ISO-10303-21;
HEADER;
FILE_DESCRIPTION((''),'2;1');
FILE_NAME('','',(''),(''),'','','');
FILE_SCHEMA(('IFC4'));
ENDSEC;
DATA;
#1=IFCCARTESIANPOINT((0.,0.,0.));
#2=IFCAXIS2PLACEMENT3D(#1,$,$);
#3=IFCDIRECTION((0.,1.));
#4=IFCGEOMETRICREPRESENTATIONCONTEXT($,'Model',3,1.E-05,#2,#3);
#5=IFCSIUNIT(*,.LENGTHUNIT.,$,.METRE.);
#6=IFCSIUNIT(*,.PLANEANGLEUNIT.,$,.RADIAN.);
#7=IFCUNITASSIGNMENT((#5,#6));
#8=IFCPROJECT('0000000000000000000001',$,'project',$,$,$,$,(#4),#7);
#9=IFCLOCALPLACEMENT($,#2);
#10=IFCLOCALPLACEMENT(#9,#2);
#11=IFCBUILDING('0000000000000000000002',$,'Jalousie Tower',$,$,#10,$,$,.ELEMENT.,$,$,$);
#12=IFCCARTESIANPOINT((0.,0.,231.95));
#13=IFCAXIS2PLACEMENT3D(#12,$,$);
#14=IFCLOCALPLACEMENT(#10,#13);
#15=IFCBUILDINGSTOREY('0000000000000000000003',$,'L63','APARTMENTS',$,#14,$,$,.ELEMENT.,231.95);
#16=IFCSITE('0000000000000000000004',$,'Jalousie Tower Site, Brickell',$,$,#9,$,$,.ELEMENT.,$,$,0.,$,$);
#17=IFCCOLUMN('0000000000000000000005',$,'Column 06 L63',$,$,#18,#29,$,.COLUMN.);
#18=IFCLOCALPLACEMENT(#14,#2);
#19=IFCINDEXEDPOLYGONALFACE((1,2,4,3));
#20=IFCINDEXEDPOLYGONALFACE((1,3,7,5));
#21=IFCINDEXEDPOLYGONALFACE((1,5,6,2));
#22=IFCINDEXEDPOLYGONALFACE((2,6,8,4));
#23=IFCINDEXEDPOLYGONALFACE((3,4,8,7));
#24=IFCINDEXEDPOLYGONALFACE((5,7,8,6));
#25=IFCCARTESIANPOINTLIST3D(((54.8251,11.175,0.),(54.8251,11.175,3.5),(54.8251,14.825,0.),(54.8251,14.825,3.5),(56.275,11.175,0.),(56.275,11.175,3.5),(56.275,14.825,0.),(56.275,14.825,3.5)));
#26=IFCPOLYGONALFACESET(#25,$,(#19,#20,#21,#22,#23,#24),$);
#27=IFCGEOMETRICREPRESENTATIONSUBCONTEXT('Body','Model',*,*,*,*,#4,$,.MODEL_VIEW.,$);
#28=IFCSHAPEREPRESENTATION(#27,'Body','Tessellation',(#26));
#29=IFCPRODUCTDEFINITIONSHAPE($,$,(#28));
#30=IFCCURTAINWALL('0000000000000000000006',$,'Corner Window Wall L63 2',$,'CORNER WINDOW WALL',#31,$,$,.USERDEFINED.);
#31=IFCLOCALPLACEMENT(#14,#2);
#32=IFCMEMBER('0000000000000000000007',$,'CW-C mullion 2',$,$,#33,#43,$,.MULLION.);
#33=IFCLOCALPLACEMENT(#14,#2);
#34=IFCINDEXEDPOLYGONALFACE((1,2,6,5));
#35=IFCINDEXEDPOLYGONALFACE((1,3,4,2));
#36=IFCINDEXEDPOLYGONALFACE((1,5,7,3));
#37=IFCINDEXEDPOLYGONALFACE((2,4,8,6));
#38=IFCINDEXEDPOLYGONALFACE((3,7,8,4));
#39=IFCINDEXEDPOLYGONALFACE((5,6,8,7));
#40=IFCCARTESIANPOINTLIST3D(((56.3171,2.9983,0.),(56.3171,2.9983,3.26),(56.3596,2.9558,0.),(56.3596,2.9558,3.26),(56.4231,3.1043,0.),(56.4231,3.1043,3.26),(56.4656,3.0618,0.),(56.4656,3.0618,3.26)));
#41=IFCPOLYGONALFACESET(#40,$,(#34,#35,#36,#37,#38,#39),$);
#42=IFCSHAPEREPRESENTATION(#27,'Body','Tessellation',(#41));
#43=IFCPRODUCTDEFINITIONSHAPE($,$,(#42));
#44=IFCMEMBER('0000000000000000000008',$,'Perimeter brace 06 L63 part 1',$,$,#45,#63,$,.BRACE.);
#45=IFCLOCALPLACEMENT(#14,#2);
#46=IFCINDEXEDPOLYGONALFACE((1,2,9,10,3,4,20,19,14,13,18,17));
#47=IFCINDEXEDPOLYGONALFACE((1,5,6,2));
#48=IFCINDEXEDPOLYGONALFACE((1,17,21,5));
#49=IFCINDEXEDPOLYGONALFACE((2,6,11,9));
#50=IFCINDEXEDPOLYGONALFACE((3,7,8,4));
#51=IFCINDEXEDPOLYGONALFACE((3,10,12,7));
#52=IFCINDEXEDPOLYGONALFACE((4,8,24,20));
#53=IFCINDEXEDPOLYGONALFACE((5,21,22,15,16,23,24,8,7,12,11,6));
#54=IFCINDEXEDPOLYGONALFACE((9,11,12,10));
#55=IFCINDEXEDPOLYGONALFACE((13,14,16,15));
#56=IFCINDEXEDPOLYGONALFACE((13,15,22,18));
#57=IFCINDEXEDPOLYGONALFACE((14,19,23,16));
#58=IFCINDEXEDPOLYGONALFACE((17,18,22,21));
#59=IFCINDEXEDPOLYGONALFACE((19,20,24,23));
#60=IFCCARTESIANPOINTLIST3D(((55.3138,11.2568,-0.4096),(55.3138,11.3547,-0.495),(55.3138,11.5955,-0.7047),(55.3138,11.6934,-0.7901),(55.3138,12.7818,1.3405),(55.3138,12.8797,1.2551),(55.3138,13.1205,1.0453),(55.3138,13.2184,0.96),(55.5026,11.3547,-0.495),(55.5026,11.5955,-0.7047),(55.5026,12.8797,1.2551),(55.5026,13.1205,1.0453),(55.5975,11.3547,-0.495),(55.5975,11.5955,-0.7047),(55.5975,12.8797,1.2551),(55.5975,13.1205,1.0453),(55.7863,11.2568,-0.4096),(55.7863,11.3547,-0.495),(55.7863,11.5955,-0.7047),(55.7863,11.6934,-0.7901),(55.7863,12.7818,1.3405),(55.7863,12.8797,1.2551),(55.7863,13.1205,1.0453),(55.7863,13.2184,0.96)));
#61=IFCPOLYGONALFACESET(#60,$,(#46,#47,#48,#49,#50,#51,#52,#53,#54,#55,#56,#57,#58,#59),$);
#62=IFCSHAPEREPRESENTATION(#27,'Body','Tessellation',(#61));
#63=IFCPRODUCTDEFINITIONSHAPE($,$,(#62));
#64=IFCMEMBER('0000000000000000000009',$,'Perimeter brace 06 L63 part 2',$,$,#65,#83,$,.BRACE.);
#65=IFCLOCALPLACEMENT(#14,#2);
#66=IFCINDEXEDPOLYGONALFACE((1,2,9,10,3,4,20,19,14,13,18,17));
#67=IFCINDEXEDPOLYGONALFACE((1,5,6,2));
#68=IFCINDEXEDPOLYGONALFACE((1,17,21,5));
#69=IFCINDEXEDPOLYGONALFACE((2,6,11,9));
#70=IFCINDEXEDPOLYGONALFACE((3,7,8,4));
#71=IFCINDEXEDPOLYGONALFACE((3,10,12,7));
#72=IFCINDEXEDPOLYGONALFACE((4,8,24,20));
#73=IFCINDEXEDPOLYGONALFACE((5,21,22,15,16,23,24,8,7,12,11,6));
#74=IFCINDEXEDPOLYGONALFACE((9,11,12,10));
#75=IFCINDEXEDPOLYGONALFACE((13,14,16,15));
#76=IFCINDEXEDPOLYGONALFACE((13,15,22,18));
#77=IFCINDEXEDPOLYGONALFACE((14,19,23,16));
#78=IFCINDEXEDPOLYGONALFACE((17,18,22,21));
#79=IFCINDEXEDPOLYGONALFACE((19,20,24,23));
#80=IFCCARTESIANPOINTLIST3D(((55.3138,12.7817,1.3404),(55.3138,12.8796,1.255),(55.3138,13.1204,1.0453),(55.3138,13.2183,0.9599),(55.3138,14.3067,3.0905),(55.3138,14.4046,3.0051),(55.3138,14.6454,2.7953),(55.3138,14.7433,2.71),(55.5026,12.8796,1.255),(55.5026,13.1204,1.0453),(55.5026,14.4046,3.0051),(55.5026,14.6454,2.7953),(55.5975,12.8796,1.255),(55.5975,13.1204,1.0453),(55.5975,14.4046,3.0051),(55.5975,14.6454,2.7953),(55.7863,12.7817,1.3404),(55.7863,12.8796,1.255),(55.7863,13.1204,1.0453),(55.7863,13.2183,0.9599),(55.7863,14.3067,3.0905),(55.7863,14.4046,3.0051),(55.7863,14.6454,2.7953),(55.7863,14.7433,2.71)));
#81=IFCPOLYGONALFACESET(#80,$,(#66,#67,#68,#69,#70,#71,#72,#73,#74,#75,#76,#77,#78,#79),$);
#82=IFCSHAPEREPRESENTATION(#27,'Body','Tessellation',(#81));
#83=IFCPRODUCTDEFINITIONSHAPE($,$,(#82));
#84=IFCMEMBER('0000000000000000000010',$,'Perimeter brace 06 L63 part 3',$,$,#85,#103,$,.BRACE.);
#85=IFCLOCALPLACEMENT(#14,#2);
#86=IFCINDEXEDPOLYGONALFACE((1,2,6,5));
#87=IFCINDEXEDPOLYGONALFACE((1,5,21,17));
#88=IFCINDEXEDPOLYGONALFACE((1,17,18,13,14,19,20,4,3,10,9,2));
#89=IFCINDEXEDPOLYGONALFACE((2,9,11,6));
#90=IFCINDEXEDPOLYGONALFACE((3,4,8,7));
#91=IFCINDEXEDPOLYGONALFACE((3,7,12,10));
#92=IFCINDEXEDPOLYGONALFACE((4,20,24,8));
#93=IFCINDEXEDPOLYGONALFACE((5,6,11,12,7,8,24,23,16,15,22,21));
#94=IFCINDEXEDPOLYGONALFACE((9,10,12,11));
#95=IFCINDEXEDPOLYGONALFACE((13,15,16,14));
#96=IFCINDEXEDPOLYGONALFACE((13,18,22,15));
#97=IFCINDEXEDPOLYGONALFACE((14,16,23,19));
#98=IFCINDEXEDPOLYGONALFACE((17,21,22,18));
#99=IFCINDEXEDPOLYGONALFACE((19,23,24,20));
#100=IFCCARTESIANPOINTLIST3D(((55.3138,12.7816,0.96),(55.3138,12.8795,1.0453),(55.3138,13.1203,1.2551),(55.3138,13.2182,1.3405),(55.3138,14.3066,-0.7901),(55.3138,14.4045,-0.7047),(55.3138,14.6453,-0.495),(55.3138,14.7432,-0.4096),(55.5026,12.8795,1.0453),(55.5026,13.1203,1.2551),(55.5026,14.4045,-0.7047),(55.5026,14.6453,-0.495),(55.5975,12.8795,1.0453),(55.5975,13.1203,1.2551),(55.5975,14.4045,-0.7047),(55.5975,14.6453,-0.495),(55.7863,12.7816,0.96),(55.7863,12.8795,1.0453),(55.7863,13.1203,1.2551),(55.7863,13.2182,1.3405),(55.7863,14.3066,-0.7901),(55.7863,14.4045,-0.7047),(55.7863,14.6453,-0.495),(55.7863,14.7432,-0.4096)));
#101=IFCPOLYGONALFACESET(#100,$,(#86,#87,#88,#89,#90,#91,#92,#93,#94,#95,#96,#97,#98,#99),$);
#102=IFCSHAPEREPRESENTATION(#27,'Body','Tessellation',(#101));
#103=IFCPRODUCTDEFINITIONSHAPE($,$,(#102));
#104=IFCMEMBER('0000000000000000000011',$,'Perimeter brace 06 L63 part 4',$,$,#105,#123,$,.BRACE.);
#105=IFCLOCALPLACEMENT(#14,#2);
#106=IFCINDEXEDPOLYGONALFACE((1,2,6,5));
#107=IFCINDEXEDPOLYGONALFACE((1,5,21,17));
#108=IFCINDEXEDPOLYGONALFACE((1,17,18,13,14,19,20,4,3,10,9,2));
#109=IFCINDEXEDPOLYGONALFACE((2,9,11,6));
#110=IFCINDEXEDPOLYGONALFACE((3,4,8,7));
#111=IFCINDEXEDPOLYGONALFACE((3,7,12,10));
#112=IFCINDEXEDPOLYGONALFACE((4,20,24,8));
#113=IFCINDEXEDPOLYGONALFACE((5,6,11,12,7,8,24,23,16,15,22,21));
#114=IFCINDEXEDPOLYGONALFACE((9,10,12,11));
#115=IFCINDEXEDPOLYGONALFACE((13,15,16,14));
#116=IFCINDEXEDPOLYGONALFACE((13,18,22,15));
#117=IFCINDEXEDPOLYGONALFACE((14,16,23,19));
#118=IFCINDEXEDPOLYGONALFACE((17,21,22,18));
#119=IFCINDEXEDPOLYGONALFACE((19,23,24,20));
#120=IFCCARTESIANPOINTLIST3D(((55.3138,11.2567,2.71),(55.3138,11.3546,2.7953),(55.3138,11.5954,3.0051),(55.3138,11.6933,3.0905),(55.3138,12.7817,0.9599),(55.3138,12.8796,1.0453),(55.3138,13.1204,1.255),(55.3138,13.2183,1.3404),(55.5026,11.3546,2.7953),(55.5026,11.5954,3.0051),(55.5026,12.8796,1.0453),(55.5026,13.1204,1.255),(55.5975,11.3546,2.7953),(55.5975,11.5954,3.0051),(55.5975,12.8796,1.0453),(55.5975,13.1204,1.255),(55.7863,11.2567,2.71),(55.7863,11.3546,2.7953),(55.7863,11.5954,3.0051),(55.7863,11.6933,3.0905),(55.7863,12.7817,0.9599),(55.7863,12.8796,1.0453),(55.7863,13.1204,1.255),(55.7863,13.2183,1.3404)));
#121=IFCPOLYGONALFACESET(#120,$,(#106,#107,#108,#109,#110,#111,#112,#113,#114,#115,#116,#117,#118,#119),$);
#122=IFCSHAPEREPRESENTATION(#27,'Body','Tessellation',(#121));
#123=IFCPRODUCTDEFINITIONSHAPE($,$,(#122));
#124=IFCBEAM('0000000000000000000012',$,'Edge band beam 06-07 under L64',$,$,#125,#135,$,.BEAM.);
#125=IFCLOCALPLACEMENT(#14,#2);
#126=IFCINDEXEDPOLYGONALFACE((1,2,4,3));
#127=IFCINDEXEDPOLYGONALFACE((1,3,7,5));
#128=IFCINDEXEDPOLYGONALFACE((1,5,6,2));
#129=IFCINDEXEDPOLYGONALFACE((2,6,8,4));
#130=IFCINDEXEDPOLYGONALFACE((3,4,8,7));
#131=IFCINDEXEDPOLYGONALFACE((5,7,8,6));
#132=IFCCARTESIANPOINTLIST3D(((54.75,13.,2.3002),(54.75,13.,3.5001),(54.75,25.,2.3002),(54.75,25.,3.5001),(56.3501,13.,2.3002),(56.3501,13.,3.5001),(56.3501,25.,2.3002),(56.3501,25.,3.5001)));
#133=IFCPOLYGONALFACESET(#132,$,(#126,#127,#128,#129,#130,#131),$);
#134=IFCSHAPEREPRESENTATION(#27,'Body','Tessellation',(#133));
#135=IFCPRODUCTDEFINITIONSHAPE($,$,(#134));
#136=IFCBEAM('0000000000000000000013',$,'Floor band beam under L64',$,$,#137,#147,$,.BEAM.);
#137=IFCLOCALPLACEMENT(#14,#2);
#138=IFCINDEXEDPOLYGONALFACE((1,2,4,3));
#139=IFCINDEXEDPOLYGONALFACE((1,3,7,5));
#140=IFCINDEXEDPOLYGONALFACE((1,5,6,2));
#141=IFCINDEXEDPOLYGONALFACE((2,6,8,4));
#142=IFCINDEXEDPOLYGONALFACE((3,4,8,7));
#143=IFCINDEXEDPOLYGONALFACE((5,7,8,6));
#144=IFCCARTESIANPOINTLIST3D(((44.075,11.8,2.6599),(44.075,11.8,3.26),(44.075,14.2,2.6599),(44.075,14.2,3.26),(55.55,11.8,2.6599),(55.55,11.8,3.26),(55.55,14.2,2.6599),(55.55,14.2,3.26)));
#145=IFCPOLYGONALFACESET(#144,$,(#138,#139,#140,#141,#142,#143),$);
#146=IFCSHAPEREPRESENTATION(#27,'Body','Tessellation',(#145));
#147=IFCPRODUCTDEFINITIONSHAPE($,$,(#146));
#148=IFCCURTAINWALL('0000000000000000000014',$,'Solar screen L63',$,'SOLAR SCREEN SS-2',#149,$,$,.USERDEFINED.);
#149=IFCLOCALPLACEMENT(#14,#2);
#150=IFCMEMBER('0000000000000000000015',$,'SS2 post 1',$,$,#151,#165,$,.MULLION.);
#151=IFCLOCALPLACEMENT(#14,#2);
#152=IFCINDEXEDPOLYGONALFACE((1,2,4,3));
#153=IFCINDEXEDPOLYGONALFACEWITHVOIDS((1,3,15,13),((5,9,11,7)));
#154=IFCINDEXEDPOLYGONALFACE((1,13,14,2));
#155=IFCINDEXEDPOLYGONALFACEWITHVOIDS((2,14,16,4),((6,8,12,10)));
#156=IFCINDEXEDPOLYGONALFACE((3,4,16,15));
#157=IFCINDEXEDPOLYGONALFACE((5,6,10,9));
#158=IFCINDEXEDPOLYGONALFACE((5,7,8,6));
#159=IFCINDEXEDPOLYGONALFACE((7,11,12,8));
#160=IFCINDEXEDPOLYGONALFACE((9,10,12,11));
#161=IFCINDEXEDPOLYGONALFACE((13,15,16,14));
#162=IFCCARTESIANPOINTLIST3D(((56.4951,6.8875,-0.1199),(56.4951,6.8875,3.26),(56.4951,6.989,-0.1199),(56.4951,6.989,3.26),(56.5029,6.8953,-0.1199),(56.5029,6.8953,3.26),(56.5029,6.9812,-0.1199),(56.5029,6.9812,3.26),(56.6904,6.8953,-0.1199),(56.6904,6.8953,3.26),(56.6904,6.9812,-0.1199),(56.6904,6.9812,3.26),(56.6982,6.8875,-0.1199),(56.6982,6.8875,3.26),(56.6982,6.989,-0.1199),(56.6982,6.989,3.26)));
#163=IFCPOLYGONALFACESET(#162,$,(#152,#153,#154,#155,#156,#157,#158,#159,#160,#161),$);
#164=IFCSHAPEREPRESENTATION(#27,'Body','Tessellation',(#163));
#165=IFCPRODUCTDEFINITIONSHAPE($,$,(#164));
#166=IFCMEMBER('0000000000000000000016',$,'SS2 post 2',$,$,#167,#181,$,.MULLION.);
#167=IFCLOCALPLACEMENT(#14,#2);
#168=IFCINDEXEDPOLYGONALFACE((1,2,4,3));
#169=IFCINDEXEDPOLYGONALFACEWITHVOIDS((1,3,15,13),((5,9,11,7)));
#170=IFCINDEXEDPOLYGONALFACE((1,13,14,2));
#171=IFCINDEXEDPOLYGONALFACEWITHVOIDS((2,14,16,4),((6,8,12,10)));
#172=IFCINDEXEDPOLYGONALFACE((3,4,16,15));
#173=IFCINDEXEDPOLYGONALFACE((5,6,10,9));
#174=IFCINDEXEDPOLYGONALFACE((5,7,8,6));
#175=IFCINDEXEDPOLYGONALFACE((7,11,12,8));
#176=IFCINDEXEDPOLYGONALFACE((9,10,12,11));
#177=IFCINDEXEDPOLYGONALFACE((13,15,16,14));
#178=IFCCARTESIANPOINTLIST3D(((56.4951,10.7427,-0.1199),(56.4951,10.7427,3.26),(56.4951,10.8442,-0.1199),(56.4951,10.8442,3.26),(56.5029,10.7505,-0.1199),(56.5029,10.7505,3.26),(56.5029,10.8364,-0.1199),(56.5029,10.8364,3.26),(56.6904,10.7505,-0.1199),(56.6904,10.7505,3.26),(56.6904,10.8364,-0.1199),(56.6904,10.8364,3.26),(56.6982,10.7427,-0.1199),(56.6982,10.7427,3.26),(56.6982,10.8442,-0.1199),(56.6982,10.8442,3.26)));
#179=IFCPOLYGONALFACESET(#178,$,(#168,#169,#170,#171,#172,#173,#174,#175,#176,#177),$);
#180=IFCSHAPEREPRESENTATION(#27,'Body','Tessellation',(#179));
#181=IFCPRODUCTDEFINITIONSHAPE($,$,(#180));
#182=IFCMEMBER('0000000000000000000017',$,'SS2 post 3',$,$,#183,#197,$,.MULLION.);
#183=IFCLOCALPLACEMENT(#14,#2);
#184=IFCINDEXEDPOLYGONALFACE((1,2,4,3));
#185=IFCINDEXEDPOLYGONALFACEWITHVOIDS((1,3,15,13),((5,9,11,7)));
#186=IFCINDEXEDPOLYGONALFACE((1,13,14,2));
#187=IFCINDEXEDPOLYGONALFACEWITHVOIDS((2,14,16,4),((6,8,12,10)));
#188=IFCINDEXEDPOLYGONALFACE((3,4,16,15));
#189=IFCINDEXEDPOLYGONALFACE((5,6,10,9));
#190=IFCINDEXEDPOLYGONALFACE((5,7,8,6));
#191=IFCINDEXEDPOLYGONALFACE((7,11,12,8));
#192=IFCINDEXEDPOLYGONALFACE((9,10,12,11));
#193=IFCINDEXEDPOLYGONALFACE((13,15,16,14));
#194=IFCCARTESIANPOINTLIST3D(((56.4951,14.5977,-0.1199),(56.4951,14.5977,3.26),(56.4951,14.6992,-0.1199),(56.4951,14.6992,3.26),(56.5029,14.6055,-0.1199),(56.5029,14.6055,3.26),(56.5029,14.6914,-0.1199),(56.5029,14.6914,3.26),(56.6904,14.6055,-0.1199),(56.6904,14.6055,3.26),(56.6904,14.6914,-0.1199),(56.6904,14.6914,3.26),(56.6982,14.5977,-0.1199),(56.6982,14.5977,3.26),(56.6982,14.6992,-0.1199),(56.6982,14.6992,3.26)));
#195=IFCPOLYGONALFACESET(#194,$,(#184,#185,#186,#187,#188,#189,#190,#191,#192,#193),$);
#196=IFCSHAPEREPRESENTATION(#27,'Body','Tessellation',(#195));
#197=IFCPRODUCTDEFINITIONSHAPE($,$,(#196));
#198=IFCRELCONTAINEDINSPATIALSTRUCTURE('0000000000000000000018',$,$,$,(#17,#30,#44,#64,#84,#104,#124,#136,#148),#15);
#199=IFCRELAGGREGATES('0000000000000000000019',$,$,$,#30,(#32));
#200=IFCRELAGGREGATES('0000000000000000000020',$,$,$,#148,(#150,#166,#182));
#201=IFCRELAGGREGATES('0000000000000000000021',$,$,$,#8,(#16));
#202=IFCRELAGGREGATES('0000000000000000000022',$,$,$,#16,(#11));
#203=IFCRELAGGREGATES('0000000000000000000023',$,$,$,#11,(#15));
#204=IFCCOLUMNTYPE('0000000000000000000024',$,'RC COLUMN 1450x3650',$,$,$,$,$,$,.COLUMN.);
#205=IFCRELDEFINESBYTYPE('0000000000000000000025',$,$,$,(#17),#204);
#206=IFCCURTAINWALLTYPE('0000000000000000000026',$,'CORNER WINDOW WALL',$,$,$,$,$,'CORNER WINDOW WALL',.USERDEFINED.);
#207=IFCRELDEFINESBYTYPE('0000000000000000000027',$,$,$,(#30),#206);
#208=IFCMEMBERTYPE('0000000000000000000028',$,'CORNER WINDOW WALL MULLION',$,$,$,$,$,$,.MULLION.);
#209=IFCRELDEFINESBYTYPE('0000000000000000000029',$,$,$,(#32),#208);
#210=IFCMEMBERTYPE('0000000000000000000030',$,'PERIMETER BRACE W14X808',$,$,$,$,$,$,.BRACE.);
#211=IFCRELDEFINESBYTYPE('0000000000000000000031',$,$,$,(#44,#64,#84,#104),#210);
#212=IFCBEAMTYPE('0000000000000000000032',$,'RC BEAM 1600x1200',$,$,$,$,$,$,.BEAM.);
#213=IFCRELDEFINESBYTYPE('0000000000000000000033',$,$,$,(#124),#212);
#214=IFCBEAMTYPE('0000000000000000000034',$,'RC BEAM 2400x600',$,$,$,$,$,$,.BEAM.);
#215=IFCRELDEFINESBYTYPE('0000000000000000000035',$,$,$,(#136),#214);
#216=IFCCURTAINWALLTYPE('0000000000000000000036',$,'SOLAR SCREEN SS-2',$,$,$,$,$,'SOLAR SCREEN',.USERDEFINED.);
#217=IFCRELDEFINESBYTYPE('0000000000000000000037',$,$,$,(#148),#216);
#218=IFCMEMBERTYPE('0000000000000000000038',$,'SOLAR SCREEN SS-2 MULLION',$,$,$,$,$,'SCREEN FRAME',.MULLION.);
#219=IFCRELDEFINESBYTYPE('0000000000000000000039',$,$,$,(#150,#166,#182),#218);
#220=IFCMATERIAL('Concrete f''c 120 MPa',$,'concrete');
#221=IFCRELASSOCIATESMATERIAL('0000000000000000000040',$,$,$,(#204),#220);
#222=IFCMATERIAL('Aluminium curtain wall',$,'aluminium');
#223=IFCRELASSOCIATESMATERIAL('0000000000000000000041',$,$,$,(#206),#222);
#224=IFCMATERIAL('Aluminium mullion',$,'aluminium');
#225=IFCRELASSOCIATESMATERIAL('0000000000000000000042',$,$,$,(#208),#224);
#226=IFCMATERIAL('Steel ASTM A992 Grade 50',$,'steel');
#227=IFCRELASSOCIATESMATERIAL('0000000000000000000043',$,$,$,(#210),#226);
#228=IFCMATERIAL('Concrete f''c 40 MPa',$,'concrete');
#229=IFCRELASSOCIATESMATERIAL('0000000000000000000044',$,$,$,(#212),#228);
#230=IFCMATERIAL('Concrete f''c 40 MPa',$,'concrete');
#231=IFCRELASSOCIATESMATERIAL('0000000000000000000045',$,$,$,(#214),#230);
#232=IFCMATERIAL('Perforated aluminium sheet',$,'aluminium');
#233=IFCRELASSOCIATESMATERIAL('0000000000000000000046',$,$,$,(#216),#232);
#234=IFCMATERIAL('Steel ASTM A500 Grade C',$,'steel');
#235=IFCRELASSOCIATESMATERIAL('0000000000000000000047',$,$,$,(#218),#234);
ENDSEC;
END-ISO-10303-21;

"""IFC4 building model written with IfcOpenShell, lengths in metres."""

from ifc_helpers import new_model, si_unit, direction, frame, origin, origin_2d, place, context, subcontext, project, spatial, rectangle, hollow_rectangle, i_section, extrude, material, material_profile, profile_set, type_object, element, aggregate, save


model = new_model("IFC4")

# Units and contexts
model_context = context("Model", 3, precision=1e-05, world=origin(), true_north=direction((0.0, 1.0)))
body_context = subcontext(model_context, "Body", "Model", "MODEL_VIEW")
ifc_project = project(units=[si_unit("LENGTHUNIT", "METRE"), si_unit("PLANEANGLEUNIT", "RADIAN")], contexts=[model_context])

# Site, building, storey
site_placement = place(None, origin())
site = spatial("IfcSite", under=ifc_project, at=site_placement, Name="Jalousie Tower Site, Brickell", CompositionType="ELEMENT", RefElevation=0.0)
building_placement = place(site_placement, origin())
building = spatial("IfcBuilding", under=site, at=building_placement, Name="Jalousie Tower", CompositionType="ELEMENT")
storey_placement = place(building_placement, frame((0.0, 0.0, 231.95)))
storey = spatial("IfcBuildingStorey", under=building, at=storey_placement, Name="L63", Description="APARTMENTS", CompositionType="ELEMENT", Elevation=231.95)

# Column
ifc_material_1 = material(Name="Concrete f'c 120 MPa", Category="concrete")
ifc_material_profile_1 = material_profile(ifc_material_1, rectangle(XDim=1.45, YDim=3.6499, at=origin_2d()), Name="RC 1450x3650")
ifc_profile_set_1 = profile_set([ifc_material_profile_1], Name="Concrete f'c 120 MPa")
column_type = type_object("IfcColumnType", Name="RC COLUMN 1450x3650", PredefinedType="COLUMN", material=ifc_profile_set_1)
column_placement = place(storey_placement, frame((55.55, 13.0, 0.0), z_axis=(0.0, 0.0, 1.0), x_axis=(1.0, 0.0, 0.0)))
element("IfcColumn", 1, at=column_placement, inside=storey, type_object=column_type, Name="Column 06 L63", PredefinedType="COLUMN", context=body_context, shape_type="SweptSolid", body=[
    extrude(rectangle(XDim=1.45, YDim=3.6499, at=origin_2d()), origin(), (0.0, 0.0, 1.0), 3.5),
])

# Curtain wall, member
ifc_material_2 = material(Name="Aluminium curtain wall", Category="aluminium")
curtain_wall_type_1 = type_object("IfcCurtainWallType", Name="CORNER WINDOW WALL", ElementType="CORNER WINDOW WALL", PredefinedType="USERDEFINED", material=ifc_material_2)
curtain_wall_1_placement = place(storey_placement, origin())
curtain_wall_1 = element("IfcCurtainWall", 2, at=curtain_wall_1_placement, inside=storey, type_object=curtain_wall_type_1, Name="Corner Window Wall L63 2", ObjectType="CORNER WINDOW WALL", PredefinedType="USERDEFINED")
ifc_material_3 = material(Name="Aluminium mullion", Category="aluminium")
ifc_material_profile_2 = material_profile(ifc_material_3, rectangle(XDim=0.0601, YDim=0.1499, at=origin_2d()), Name="MULLION 60x150")
ifc_profile_set_2 = profile_set([ifc_material_profile_2], Name="Aluminium mullion")
member_type_1 = type_object("IfcMemberType", Name="CORNER WINDOW WALL MULLION", PredefinedType="MULLION", material=ifc_profile_set_2)
member_1_placement = place(storey_placement, frame((56.3914, 3.03, 0.0), z_axis=(0.0, 0.0, 1.0), x_axis=(-0.707107, 0.707107, 0.0)))
member_1 = element("IfcMember", 3, at=member_1_placement, type_object=member_type_1, Name="CW-C mullion 2", PredefinedType="MULLION", context=body_context, shape_type="SweptSolid", body=[
    extrude(rectangle(XDim=0.0601, YDim=0.1499, at=origin_2d()), origin(), (0.0, 0.0, 1.0), 3.26),
])
aggregate(curtain_wall_1, [member_1])

# Members
ifc_material_4 = material(Name="Steel ASTM A992 Grade 50", Category="steel")
ifc_material_profile_3 = material_profile(ifc_material_4, i_section(OverallWidth=0.4724, OverallDepth=0.5791, WebThickness=0.095, FlangeThickness=0.1299, at=origin_2d()), Name="W14X808")
ifc_profile_set_3 = profile_set([ifc_material_profile_3], Name="Steel ASTM A992 Grade 50")
member_type_2 = type_object("IfcMemberType", Name="PERIMETER BRACE W14X808", PredefinedType="BRACE", material=ifc_profile_set_3)
for number, where, z_axis, x_axis, name in (
    (4, (55.55, 11.4751, -0.5999), (0.0, 0.656954, 0.75393), (-1.0, 0.0, 0.0), "Perimeter brace 06 L63 part 1"),
    (5, (55.55, 13.0, 1.1501), (0.0, 0.656954, 0.75393), (-1.0, 0.0, 0.0), "Perimeter brace 06 L63 part 2"),
    (6, (55.55, 14.5249, -0.5999), (0.0, -0.656954, 0.75393), (1.0, 0.0, 0.0), "Perimeter brace 06 L63 part 3"),
    (7, (55.55, 13.0, 1.1501), (0.0, -0.656954, 0.75393), (1.0, 0.0, 0.0), "Perimeter brace 06 L63 part 4"),
):
    element("IfcMember", number, at=place(storey_placement, frame(where, z_axis=z_axis, x_axis=x_axis)), inside=storey, type_object=member_type_2, Name=name, PredefinedType="BRACE", context=body_context, shape_type="SweptSolid", body=[
        extrude(i_section(OverallWidth=0.4724, OverallDepth=0.5791, WebThickness=0.095, FlangeThickness=0.1299, at=origin_2d()), origin(), (0.0, 0.0, 1.0), 2.3213),
    ])

# Beams
ifc_material_5 = material(Name="Concrete f'c 40 MPa", Category="concrete")
ifc_material_profile_4 = material_profile(ifc_material_5, rectangle(XDim=1.6001, YDim=1.2, at=origin_2d()), Name="RC 1600x1200")
ifc_profile_set_4 = profile_set([ifc_material_profile_4], Name="Concrete f'c 40 MPa")
beam_type_1 = type_object("IfcBeamType", Name="RC BEAM 1600x1200", PredefinedType="BEAM", material=ifc_profile_set_4)
beam_1_placement = place(storey_placement, frame((55.55, 13.0, 2.9001), z_axis=(0.0, 1.0, 0.0), x_axis=(-1.0, 0.0, 0.0)))
element("IfcBeam", 8, at=beam_1_placement, inside=storey, type_object=beam_type_1, Name="Edge band beam 06-07 under L64", PredefinedType="BEAM", context=body_context, shape_type="SweptSolid", body=[
    extrude(rectangle(XDim=1.6001, YDim=1.2, at=origin_2d()), origin(), (0.0, 0.0, 1.0), 12.0),
])
ifc_material_6 = material(Name="Concrete f'c 40 MPa", Category="concrete")
ifc_material_profile_5 = material_profile(ifc_material_6, rectangle(XDim=2.3999, YDim=0.6001, at=origin_2d()), Name="RC 2400x600")
ifc_profile_set_5 = profile_set([ifc_material_profile_5], Name="Concrete f'c 40 MPa")
beam_type_2 = type_object("IfcBeamType", Name="RC BEAM 2400x600", PredefinedType="BEAM", material=ifc_profile_set_5)
beam_2_placement = place(storey_placement, frame((55.55, 13.0, 2.96), z_axis=(-1.0, 0.0, 0.0), x_axis=(0.0, -1.0, 0.0)))
element("IfcBeam", 9, at=beam_2_placement, inside=storey, type_object=beam_type_2, Name="Floor band beam under L64", PredefinedType="BEAM", context=body_context, shape_type="SweptSolid", body=[
    extrude(rectangle(XDim=2.3999, YDim=0.6001, at=origin_2d()), origin(), (0.0, 0.0, 1.0), 11.4751),
])

# Curtain wall, members
ifc_material_7 = material(Name="Perforated aluminium sheet", Category="aluminium")
curtain_wall_type_2 = type_object("IfcCurtainWallType", Name="SOLAR SCREEN SS-2", ElementType="SOLAR SCREEN", PredefinedType="USERDEFINED", material=ifc_material_7)
curtain_wall_2_placement = place(storey_placement, origin())
curtain_wall_2 = element("IfcCurtainWall", 10, at=curtain_wall_2_placement, inside=storey, type_object=curtain_wall_type_2, Name="Solar screen L63", ObjectType="SOLAR SCREEN SS-2", PredefinedType="USERDEFINED")
ifc_material_8 = material(Name="Steel ASTM A500 Grade C", Category="steel")
ifc_material_profile_6 = material_profile(ifc_material_8, hollow_rectangle(XDim=0.1016, YDim=0.2031, WallThickness=0.0078, at=origin_2d()), Name="HSS8X4X5/16")
ifc_profile_set_6 = profile_set([ifc_material_profile_6], Name="Steel ASTM A500 Grade C")
member_type_3 = type_object("IfcMemberType", Name="SOLAR SCREEN SS-2 MULLION", ElementType="SCREEN FRAME", PredefinedType="MULLION", material=ifc_profile_set_6)
member_2_placement = place(storey_placement, frame((56.5967, 6.9382, -0.1199), z_axis=(0.0, 0.0, 1.0), x_axis=(0.0, 1.0, 0.0)))
member_2 = element("IfcMember", 11, at=member_2_placement, type_object=member_type_3, Name="SS2 post 1", PredefinedType="MULLION", context=body_context, shape_type="SweptSolid", body=[
    extrude(hollow_rectangle(XDim=0.1016, YDim=0.2031, WallThickness=0.0078, at=origin_2d()), origin(), (0.0, 0.0, 1.0), 3.3799),
])
member_3_placement = place(storey_placement, frame((56.5967, 10.7935, -0.1199), z_axis=(0.0, 0.0, 1.0), x_axis=(0.0, 1.0, 0.0)))
member_3 = element("IfcMember", 12, at=member_3_placement, type_object=member_type_3, Name="SS2 post 2", PredefinedType="MULLION", context=body_context, shape_type="SweptSolid", body=[
    extrude(hollow_rectangle(XDim=0.1016, YDim=0.2031, WallThickness=0.0078, at=origin_2d()), origin(), (0.0, 0.0, 1.0), 3.3799),
])
member_4_placement = place(storey_placement, frame((56.5967, 14.6484, -0.1199), z_axis=(0.0, 0.0, 1.0), x_axis=(0.0, 1.0, 0.0)))
member_4 = element("IfcMember", 13, at=member_4_placement, type_object=member_type_3, Name="SS2 post 3", PredefinedType="MULLION", context=body_context, shape_type="SweptSolid", body=[
    extrude(hollow_rectangle(XDim=0.1016, YDim=0.2031, WallThickness=0.0078, at=origin_2d()), origin(), (0.0, 0.0, 1.0), 3.3799),
])
aggregate(curtain_wall_2, [member_2, member_3, member_4])

save(model, "model.ifc")
